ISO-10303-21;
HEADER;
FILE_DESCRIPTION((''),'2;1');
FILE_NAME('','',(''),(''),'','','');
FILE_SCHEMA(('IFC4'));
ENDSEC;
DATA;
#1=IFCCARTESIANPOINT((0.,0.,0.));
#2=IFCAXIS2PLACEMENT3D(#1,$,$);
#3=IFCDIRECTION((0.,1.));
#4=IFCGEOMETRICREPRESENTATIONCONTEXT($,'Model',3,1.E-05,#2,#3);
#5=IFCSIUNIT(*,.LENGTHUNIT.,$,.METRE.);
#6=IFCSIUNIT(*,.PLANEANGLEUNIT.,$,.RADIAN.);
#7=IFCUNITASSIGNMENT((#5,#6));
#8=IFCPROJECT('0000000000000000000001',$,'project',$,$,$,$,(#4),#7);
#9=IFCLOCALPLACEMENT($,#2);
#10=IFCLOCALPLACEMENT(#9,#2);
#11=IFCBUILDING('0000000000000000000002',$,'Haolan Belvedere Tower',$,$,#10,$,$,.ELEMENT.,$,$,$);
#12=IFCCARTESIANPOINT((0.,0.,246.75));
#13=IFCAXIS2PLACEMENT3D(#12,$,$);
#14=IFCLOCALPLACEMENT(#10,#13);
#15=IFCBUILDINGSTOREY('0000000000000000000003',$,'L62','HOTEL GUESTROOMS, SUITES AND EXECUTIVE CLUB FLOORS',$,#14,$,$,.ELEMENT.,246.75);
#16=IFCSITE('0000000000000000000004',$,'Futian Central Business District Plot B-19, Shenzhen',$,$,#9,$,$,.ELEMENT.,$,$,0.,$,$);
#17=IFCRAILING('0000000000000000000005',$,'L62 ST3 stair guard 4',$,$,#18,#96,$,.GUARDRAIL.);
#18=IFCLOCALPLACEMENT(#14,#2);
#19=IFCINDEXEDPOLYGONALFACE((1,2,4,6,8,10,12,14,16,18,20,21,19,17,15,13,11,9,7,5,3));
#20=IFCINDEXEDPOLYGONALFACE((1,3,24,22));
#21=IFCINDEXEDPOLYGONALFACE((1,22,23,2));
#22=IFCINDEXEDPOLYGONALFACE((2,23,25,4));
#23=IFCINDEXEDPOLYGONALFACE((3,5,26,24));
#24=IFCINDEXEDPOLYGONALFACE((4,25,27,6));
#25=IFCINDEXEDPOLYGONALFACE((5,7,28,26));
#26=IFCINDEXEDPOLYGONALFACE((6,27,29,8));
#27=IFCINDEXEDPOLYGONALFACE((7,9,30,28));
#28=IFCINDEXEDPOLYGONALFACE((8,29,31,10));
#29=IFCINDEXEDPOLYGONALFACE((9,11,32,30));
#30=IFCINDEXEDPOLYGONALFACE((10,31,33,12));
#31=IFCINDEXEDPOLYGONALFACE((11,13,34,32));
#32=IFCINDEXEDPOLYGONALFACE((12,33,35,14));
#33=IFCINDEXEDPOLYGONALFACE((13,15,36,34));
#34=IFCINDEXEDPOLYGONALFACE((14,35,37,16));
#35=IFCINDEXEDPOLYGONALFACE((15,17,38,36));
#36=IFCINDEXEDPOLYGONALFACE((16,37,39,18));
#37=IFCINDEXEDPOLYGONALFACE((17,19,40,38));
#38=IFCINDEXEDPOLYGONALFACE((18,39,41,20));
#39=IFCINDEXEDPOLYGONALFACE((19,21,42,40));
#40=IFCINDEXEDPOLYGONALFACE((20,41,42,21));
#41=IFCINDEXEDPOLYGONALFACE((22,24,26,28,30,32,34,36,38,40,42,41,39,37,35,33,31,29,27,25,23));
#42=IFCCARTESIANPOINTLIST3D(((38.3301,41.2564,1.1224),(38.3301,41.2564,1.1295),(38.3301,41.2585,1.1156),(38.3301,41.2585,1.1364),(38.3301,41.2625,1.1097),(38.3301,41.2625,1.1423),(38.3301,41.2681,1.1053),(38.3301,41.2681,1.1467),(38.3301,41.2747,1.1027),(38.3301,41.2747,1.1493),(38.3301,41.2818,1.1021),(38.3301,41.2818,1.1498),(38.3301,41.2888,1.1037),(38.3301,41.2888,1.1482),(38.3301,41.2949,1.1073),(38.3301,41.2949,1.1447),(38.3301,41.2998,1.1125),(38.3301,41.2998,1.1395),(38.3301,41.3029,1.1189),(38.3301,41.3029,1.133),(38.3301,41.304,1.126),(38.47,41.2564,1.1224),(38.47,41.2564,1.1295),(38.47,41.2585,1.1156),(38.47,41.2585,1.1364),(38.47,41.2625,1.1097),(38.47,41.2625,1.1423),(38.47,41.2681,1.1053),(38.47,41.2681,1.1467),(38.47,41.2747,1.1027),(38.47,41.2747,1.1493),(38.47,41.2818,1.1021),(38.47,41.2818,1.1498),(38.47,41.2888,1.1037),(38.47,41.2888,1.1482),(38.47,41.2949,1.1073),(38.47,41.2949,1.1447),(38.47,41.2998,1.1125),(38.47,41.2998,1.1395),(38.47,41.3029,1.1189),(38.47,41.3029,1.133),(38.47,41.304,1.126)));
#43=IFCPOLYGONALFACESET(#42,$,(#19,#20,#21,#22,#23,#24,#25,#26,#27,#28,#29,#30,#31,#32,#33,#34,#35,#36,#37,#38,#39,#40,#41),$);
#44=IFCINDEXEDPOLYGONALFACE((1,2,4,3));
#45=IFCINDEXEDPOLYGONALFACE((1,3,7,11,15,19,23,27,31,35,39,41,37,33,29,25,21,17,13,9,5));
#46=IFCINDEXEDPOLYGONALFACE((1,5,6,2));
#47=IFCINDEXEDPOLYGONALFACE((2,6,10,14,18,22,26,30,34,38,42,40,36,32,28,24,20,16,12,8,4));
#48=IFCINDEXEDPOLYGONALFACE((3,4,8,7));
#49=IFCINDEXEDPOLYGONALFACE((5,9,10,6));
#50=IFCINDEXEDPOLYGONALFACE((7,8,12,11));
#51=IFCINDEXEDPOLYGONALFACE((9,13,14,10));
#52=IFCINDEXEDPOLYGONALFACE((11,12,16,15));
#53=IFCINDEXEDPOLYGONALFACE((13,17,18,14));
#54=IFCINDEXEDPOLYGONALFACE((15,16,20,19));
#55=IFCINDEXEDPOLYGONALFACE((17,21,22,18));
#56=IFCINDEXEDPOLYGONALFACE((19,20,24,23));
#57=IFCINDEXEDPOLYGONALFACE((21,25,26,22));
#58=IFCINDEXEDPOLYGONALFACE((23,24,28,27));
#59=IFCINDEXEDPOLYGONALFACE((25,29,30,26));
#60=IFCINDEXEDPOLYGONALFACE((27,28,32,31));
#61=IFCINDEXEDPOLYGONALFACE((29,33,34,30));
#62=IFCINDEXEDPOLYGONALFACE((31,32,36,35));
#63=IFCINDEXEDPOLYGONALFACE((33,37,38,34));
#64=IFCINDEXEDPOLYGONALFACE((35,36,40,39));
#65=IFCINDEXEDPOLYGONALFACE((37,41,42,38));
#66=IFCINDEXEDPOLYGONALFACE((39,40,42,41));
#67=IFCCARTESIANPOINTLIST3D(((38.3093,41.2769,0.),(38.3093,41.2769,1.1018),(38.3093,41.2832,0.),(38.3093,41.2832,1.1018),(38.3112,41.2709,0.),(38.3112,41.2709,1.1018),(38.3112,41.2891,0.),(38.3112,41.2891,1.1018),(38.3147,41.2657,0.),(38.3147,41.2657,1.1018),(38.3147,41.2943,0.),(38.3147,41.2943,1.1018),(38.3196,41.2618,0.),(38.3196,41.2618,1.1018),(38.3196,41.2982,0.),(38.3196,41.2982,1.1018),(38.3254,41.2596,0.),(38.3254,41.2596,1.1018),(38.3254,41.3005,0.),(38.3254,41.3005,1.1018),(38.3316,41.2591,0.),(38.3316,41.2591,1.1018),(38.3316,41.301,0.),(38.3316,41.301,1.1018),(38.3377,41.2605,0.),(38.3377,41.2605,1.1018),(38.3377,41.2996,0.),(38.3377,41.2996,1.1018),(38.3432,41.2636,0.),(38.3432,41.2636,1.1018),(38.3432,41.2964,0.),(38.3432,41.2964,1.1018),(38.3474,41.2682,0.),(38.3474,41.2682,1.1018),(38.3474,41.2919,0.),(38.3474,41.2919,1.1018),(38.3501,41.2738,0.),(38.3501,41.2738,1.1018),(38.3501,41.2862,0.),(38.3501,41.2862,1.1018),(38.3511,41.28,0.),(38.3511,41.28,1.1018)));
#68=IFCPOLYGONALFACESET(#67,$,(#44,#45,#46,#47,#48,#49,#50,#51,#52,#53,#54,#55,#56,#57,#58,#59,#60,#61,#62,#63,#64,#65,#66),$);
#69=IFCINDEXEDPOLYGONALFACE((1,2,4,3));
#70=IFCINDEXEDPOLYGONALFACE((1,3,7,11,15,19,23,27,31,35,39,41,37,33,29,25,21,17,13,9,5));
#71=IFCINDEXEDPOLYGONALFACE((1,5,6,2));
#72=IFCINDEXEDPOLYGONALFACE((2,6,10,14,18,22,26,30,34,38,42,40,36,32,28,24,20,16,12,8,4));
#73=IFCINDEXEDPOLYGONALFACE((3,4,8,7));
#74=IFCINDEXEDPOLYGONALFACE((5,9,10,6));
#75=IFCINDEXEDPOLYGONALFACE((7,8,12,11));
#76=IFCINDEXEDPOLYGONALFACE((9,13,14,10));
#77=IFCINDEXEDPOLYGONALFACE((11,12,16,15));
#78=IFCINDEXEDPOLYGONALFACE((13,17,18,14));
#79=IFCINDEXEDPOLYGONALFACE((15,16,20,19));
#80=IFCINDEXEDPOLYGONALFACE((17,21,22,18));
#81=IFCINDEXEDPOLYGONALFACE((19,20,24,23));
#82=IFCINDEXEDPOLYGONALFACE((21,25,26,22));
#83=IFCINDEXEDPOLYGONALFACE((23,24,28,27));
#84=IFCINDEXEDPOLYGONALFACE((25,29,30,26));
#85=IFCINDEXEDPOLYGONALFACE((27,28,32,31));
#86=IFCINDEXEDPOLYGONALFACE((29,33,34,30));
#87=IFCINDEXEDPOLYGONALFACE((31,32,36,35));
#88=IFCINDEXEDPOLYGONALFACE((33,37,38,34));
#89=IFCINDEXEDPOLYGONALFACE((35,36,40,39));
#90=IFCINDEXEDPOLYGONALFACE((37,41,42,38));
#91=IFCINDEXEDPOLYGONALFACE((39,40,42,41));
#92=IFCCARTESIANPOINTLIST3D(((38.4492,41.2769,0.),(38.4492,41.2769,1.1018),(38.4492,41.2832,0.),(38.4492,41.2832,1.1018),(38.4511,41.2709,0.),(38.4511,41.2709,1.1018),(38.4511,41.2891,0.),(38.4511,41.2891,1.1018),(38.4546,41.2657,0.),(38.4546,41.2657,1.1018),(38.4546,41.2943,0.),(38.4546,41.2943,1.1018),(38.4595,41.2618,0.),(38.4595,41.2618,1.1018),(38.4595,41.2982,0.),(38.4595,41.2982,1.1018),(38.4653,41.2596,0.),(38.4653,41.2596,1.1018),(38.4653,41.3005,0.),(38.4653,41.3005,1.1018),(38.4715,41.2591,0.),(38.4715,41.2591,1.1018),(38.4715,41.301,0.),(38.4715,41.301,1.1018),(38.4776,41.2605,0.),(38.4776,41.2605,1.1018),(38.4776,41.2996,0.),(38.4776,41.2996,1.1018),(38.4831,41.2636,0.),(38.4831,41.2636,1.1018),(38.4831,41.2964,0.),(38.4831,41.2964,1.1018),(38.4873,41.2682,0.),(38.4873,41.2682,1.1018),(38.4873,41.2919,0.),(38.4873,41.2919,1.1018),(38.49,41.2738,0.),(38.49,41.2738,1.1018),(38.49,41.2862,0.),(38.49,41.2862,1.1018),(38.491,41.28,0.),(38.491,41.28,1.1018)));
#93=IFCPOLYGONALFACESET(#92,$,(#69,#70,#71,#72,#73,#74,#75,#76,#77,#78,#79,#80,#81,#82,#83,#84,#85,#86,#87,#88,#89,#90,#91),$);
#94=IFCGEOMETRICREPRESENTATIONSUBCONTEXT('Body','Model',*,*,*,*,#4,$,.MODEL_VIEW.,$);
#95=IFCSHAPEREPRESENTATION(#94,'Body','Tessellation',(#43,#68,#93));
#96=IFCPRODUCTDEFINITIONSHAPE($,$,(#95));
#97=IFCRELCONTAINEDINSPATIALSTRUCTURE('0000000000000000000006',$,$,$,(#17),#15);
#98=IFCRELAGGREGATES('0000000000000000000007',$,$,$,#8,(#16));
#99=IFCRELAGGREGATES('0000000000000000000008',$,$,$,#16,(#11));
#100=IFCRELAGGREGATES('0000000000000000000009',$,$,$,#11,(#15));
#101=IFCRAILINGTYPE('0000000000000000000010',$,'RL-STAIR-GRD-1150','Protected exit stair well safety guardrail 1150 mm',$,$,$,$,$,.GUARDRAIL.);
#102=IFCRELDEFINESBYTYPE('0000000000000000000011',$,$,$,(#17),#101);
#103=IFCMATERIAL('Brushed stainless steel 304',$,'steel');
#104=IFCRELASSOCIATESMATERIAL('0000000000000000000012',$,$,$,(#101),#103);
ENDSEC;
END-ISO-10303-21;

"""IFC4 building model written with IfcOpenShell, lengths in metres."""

from ifc_helpers import new_model, si_unit, direction, frame, origin, origin_2d, place, context, subcontext, project, spatial, circle, extrude, material, type_object, element, save


model = new_model("IFC4")

# Units and contexts
model_context = context("Model", 3, precision=1e-05, world=origin(), true_north=direction((0.0, 1.0)))
body_context = subcontext(model_context, "Body", "Model", "MODEL_VIEW")
ifc_project = project(units=[si_unit("LENGTHUNIT", "METRE"), si_unit("PLANEANGLEUNIT", "RADIAN")], contexts=[model_context])

# Site, building, storey
site_placement = place(None, origin())
site = spatial("IfcSite", under=ifc_project, at=site_placement, Name="Futian Central Business District Plot B-19, Shenzhen", CompositionType="ELEMENT", RefElevation=0.0)
building_placement = place(site_placement, origin())
building = spatial("IfcBuilding", under=site, at=building_placement, Name="Haolan Belvedere Tower", CompositionType="ELEMENT")
storey_placement = place(building_placement, frame((0.0, 0.0, 246.75)))
storey = spatial("IfcBuildingStorey", under=building, at=storey_placement, Name="L62", Description="HOTEL GUESTROOMS, SUITES AND EXECUTIVE CLUB FLOORS", CompositionType="ELEMENT", Elevation=246.75)

# Railing
ifc_material_1 = material(Name="Brushed stainless steel 304", Category="steel")
railing_type_1 = type_object("IfcRailingType", Name="RL-STAIR-GRD-1150", Description="Protected exit stair well safety guardrail 1150 mm", PredefinedType="GUARDRAIL", material=ifc_material_1)
railing_1_placement = place(storey_placement, frame((38.3301, 41.28, 0.0)))
element("IfcRailing", 1, at=railing_1_placement, inside=storey, type_object=railing_type_1, Name="L62 ST3 stair guard 4", PredefinedType="GUARDRAIL", context=body_context, shape_type="SweptSolid", body=[
    extrude(circle(Radius=0.0239, at=origin_2d()), frame((0.0, 0.0, 1.126), z_axis=(1.0, 0.0, 0.0), x_axis=(0.0, 1.0, 0.0)), (0.0, 0.0, 1.0), 0.1399),
    extrude(circle(Radius=0.021, at=origin_2d()), origin(), (0.0, 0.0, 1.0), 1.1018),
    extrude(circle(Radius=0.021, at=origin_2d()), frame((0.1399, 0.0, 0.0)), (0.0, 0.0, 1.0), 1.1018),
])

save(model, "model.ifc")
